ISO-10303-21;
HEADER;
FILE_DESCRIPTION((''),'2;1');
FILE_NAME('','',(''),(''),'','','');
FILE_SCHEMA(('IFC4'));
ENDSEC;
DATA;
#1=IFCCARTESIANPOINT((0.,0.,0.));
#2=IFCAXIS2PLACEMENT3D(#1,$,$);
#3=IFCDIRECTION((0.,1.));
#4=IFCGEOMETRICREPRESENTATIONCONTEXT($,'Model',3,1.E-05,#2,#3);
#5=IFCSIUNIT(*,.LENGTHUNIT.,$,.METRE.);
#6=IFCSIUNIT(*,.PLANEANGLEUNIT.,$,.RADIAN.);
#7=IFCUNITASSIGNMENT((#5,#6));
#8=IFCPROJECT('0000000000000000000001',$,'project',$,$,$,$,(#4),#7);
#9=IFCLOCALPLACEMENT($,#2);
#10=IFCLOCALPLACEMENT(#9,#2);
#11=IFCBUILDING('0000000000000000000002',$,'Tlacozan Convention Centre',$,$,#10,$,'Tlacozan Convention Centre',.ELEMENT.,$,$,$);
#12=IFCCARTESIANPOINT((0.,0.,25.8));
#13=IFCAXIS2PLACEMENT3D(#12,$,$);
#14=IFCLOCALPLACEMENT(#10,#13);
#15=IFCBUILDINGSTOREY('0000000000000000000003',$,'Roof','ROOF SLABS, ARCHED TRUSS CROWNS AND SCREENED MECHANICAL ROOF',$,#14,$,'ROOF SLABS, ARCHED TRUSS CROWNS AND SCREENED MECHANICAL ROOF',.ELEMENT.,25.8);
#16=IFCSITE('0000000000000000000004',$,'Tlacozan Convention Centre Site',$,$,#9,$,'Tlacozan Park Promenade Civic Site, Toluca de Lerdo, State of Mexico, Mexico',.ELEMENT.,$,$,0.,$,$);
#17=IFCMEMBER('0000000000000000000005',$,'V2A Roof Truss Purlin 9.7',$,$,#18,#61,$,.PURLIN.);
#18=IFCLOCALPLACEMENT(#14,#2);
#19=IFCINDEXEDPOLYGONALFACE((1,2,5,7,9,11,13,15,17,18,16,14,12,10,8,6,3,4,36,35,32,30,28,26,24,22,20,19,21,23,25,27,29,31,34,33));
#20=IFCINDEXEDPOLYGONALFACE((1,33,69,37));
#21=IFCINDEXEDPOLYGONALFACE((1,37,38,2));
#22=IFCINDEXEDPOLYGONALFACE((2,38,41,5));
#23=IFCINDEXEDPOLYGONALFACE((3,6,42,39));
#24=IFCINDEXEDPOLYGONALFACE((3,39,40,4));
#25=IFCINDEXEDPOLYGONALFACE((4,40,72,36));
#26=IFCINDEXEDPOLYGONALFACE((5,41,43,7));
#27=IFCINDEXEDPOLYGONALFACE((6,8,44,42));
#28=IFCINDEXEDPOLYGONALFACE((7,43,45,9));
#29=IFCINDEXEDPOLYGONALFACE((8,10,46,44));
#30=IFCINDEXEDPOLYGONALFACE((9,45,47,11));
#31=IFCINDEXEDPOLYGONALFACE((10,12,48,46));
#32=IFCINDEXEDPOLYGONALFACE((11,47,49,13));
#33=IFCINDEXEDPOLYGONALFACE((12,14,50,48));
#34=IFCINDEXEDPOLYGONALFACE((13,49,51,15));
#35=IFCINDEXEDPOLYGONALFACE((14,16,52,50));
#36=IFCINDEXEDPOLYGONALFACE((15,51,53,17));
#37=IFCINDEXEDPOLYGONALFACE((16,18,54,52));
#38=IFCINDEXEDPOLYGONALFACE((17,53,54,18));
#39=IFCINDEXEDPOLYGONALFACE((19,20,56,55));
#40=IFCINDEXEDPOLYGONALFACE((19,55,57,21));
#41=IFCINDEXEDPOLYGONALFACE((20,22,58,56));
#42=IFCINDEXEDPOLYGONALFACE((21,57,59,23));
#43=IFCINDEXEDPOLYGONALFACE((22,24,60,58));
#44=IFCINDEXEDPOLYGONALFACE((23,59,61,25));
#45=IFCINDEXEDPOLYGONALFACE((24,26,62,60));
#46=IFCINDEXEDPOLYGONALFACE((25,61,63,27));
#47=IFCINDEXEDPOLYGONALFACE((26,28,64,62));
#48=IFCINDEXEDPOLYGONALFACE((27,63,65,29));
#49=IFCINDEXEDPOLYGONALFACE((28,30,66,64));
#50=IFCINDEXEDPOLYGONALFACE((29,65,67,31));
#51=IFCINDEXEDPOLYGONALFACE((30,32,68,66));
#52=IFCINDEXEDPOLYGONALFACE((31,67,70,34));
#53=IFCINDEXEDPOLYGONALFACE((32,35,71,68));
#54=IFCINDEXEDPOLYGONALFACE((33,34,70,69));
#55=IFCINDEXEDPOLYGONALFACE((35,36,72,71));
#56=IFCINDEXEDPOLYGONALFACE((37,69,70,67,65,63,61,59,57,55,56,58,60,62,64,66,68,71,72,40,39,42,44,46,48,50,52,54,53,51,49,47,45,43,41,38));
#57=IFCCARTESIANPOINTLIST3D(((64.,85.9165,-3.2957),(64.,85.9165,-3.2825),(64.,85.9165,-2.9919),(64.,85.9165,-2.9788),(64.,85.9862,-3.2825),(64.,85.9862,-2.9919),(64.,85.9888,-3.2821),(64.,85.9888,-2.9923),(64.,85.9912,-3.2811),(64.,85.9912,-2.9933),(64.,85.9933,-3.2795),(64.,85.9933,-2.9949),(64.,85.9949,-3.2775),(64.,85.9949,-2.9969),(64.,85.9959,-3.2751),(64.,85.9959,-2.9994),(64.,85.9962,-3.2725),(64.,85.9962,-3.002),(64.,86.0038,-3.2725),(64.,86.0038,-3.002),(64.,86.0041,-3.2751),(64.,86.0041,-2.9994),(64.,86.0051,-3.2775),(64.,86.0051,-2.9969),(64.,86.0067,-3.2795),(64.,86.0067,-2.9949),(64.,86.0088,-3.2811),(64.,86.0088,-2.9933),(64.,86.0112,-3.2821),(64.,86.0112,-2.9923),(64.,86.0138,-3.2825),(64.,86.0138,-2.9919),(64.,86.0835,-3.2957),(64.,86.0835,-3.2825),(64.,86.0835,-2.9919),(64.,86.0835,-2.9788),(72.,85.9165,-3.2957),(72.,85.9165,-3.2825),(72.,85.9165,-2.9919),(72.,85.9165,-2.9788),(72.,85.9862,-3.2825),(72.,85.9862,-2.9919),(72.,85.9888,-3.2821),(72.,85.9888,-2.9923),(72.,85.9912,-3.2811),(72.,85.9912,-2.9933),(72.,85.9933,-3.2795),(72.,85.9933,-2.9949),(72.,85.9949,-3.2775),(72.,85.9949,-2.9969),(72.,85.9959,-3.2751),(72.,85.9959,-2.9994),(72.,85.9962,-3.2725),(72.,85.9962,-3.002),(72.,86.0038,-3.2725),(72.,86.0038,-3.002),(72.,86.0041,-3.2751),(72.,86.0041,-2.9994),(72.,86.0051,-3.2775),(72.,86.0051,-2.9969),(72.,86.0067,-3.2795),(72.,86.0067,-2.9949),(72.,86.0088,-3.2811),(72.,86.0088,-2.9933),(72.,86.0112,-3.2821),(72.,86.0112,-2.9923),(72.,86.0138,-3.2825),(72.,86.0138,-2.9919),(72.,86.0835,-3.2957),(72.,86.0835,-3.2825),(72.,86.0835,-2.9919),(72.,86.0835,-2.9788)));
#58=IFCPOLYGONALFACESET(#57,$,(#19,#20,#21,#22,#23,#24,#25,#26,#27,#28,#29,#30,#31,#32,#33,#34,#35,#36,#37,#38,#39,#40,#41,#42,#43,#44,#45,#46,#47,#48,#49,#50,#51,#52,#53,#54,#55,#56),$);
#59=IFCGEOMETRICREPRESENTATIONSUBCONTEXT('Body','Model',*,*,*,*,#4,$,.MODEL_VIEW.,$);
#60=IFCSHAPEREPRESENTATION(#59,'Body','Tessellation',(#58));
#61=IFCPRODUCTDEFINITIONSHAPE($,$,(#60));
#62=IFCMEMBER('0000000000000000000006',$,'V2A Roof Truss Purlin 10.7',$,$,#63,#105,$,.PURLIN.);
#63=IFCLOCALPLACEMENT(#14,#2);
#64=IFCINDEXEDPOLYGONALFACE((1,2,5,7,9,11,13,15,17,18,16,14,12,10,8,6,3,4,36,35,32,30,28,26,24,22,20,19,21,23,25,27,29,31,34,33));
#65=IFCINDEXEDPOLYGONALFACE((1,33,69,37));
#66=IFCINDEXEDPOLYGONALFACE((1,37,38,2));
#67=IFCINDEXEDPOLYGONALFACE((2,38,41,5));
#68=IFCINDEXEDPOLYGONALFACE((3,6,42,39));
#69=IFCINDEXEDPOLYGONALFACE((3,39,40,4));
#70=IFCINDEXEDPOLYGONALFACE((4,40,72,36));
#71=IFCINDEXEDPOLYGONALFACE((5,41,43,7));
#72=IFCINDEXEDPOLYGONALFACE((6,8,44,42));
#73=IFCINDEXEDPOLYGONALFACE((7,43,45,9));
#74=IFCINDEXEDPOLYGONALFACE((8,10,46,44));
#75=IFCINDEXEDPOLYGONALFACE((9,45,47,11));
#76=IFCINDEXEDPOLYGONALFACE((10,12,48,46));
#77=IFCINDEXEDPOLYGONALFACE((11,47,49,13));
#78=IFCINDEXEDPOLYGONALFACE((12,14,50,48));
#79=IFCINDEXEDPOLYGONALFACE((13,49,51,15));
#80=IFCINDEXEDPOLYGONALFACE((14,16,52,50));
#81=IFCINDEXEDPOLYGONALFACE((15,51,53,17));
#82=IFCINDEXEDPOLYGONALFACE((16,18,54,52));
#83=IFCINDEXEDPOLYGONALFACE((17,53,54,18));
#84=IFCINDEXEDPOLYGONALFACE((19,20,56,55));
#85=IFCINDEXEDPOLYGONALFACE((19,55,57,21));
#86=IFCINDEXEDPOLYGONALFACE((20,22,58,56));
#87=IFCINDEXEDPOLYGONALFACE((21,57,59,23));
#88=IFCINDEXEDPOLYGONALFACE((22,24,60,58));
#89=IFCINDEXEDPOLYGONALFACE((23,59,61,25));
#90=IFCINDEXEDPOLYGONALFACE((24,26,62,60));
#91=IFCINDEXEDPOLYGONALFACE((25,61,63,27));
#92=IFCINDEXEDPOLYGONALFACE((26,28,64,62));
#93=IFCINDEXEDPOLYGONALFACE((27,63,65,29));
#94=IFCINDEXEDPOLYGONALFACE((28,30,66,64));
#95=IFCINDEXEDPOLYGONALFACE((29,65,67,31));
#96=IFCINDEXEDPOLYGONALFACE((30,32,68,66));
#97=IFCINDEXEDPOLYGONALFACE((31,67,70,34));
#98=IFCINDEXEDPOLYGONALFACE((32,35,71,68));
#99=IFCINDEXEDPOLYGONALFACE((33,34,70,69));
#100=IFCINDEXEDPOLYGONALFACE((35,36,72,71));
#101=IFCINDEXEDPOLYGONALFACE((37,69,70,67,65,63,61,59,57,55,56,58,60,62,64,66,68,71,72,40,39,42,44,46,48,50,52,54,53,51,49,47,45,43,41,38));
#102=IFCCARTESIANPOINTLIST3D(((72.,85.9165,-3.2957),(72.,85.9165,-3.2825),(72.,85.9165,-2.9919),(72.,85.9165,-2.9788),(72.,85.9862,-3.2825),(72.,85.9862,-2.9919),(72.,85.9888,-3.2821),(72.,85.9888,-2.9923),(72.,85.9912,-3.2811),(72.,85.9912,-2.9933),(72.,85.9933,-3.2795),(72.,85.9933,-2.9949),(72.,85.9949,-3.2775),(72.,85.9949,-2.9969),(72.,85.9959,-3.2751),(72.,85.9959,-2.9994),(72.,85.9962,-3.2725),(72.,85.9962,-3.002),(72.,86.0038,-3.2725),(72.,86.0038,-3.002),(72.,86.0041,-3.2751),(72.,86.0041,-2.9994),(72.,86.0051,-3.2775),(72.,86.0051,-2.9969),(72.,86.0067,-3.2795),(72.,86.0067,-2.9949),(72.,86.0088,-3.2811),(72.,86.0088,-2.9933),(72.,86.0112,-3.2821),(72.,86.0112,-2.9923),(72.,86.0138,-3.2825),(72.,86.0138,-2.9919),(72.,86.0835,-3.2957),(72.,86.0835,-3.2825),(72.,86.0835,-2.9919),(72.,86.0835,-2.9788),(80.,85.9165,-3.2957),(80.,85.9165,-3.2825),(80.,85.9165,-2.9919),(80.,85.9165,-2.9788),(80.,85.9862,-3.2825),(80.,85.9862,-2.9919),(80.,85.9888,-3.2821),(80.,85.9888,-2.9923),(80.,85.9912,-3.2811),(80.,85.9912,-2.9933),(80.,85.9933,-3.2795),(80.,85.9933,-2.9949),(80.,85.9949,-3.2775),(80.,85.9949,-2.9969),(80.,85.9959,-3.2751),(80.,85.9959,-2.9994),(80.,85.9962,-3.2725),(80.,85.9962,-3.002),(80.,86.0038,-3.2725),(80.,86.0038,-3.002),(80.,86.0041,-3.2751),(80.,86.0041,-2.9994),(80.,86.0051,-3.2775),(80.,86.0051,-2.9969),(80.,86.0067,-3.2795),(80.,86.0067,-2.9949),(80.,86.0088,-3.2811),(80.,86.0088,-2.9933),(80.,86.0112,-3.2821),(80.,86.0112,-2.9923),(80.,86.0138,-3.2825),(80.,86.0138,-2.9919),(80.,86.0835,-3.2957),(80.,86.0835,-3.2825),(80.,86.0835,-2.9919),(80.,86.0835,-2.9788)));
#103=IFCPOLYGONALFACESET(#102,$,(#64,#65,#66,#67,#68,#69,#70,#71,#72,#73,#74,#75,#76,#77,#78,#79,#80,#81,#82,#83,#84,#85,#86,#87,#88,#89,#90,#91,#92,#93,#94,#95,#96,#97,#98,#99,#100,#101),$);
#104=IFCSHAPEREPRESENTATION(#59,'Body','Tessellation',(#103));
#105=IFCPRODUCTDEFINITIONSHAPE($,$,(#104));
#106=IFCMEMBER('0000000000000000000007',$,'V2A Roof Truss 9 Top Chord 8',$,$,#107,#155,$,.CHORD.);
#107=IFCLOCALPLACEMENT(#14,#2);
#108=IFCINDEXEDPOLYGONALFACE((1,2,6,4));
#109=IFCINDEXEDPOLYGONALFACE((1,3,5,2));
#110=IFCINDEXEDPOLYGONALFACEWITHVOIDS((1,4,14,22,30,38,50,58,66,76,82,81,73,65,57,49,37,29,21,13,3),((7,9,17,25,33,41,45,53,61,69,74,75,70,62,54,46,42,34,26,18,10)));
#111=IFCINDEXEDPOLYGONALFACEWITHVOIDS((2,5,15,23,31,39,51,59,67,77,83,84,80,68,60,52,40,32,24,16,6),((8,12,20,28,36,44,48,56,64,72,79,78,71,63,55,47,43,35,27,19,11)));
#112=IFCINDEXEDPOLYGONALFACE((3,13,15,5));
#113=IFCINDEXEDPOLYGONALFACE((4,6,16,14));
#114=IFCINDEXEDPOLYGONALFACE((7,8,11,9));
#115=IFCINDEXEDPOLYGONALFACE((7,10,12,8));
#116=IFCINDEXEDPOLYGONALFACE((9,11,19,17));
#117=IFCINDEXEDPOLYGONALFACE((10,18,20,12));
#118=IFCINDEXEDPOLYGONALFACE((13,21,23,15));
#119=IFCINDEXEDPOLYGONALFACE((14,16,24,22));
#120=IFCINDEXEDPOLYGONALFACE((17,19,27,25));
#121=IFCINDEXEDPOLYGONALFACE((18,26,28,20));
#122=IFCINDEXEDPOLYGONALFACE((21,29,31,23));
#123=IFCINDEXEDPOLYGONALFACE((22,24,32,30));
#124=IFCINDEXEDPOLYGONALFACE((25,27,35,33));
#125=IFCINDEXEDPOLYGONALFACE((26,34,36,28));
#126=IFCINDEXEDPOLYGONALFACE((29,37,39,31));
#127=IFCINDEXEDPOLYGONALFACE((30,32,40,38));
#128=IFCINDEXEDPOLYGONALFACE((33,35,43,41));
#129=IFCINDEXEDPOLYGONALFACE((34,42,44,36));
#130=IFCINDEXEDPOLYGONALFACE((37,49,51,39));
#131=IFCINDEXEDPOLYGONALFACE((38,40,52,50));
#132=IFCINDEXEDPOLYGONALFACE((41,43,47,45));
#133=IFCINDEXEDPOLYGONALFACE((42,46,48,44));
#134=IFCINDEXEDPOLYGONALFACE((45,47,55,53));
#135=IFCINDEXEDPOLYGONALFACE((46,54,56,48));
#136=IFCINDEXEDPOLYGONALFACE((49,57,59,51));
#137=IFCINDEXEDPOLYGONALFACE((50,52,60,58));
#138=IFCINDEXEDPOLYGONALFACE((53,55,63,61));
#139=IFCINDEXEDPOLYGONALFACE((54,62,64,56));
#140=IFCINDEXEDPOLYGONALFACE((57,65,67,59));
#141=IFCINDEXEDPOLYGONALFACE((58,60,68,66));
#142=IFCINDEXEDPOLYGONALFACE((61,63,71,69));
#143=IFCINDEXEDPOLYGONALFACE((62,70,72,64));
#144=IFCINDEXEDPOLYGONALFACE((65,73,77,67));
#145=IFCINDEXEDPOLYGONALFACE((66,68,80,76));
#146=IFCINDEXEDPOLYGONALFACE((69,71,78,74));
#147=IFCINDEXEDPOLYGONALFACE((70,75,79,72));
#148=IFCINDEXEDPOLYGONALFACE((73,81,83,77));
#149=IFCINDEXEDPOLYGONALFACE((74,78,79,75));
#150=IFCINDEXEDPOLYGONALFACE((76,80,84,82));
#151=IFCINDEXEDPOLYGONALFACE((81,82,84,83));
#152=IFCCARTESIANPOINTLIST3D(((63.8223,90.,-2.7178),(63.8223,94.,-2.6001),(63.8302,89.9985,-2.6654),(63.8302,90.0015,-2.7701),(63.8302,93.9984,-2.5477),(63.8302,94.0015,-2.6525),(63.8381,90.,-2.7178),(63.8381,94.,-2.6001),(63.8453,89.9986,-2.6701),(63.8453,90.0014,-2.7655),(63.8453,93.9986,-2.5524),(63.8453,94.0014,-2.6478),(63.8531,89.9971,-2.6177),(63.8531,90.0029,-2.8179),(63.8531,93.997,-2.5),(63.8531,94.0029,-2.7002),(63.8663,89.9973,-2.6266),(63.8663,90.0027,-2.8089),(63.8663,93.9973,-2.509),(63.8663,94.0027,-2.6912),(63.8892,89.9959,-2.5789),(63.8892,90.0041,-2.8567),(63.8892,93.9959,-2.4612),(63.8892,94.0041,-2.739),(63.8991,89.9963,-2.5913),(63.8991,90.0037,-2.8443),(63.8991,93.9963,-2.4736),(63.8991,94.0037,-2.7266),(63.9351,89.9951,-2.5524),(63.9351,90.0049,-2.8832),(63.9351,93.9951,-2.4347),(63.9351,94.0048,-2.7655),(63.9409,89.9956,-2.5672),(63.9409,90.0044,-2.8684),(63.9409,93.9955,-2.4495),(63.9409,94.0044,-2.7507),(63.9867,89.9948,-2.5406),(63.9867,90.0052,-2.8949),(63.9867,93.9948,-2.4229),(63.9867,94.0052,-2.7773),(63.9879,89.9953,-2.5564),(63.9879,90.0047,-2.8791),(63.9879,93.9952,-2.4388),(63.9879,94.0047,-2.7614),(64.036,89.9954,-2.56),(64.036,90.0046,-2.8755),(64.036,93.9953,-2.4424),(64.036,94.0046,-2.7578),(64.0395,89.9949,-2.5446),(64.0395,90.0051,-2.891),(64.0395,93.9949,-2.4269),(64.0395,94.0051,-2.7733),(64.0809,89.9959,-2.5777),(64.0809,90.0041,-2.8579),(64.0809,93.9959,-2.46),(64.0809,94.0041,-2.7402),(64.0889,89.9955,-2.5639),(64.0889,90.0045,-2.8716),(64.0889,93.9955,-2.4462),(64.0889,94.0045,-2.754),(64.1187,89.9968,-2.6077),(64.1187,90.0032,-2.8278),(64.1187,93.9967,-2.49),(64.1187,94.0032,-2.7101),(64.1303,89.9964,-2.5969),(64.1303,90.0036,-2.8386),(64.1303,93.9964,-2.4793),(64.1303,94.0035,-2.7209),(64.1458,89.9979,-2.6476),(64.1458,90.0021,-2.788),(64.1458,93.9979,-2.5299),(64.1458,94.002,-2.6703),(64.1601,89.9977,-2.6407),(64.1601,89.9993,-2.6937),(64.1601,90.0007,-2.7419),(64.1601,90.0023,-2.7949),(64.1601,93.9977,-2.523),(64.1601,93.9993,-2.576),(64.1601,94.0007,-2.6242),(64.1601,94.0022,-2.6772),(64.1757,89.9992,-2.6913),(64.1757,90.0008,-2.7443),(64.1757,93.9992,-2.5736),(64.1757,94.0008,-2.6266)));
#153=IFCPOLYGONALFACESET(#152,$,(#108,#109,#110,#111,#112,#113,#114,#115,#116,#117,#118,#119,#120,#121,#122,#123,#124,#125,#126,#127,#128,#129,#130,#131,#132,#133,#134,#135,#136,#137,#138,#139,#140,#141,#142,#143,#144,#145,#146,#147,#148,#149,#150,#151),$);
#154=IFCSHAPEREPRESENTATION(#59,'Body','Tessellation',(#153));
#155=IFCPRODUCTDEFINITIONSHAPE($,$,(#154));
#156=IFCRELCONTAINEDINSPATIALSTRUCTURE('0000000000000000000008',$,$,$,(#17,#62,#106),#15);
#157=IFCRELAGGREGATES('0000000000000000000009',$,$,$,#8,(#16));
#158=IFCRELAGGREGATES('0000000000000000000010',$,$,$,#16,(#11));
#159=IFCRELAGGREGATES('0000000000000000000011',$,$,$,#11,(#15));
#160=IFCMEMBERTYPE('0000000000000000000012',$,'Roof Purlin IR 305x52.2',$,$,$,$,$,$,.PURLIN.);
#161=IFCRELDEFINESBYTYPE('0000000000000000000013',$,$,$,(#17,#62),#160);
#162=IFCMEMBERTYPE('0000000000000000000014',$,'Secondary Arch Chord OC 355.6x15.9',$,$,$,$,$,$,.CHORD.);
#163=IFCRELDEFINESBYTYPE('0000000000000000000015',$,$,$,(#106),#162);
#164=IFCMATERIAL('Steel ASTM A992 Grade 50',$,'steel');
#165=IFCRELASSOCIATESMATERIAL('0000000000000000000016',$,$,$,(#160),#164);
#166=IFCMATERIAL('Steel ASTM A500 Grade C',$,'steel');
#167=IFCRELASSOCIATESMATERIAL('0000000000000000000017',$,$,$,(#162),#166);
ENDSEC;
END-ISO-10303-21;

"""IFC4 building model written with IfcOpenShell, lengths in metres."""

from ifc_helpers import new_model, si_unit, direction, frame, origin, origin_2d, place, context, subcontext, project, spatial, hollow_circle, i_section, extrude, material, material_profile, profile_set, type_object, element, save


model = new_model("IFC4")

# Units and contexts
model_context = context("Model", 3, precision=1e-05, world=origin(), true_north=direction((0.0, 1.0)))
body_context = subcontext(model_context, "Body", "Model", "MODEL_VIEW")
ifc_project = project(units=[si_unit("LENGTHUNIT", "METRE"), si_unit("PLANEANGLEUNIT", "RADIAN")], contexts=[model_context])

# Site, building, storey
site_placement = place(None, origin())
site = spatial("IfcSite", under=ifc_project, at=site_placement, Name="Tlacozan Convention Centre Site", LongName="Tlacozan Park Promenade Civic Site, Toluca de Lerdo, State of Mexico, Mexico", CompositionType="ELEMENT", RefElevation=0.0)
building_placement = place(site_placement, origin())
building = spatial("IfcBuilding", under=site, at=building_placement, Name="Tlacozan Convention Centre", LongName="Tlacozan Convention Centre", CompositionType="ELEMENT")
storey_placement = place(building_placement, frame((0.0, 0.0, 25.8)))
storey = spatial("IfcBuildingStorey", under=building, at=storey_placement, Name="Roof", Description="ROOF SLABS, ARCHED TRUSS CROWNS AND SCREENED MECHANICAL ROOF", LongName="ROOF SLABS, ARCHED TRUSS CROWNS AND SCREENED MECHANICAL ROOF", CompositionType="ELEMENT", Elevation=25.8)

# Members
ifc_material_1 = material(Name="Steel ASTM A500 Grade C", Category="steel")
ifc_material_2 = material(Name="Steel ASTM A992 Grade 50", Category="steel")
ifc_material_profile_1 = material_profile(ifc_material_2, i_section(OverallWidth=0.167, OverallDepth=0.3169, WebThickness=0.0076, FlangeThickness=0.0132, FilletRadius=0.01, at=origin_2d()), Name="IR 305x52.2")
ifc_profile_set_1 = profile_set([ifc_material_profile_1], Name="Steel ASTM A992 Grade 50")
member_type_1 = type_object("IfcMemberType", Name="Roof Purlin IR 305x52.2", PredefinedType="PURLIN", material=ifc_profile_set_1)
for number, where, z_axis, x_axis, name in (
    (1, (64.0, 86.0, -3.1372), (1.0, 0.0, 0.0), (0.0, 1.0, 0.0), "V2A Roof Truss Purlin 9.7"),
    (2, (72.0, 86.0, -3.1372), (1.0, 0.0, 0.0), (0.0, 1.0, 0.0), "V2A Roof Truss Purlin 10.7"),
):
    element("IfcMember", number, at=place(storey_placement, frame(where, z_axis=z_axis, x_axis=x_axis)), inside=storey, type_object=member_type_1, Name=name, PredefinedType="PURLIN", context=body_context, shape_type="SweptSolid", body=[
        extrude(i_section(OverallWidth=0.167, OverallDepth=0.3169, WebThickness=0.0076, FlangeThickness=0.0132, FilletRadius=0.01, at=origin_2d()), origin(), (0.0, 0.0, 1.0), 8.0),
    ])
ifc_material_profile_2 = material_profile(ifc_material_1, hollow_circle(Radius=0.1777, WallThickness=0.0159, at=origin_2d()), Name="OC 355.6x15.9")
ifc_profile_set_2 = profile_set([ifc_material_profile_2], Name="Steel ASTM A500 Grade C")
member_type_2 = type_object("IfcMemberType", Name="Secondary Arch Chord OC 355.6x15.9", PredefinedType="CHORD", material=ifc_profile_set_2)
member_1_placement = place(storey_placement, frame((64.0, 90.0, -2.7178), z_axis=(0.0, 0.999568, 0.029406), x_axis=(-1.0, 0.0, 0.0)))
element("IfcMember", 3, at=member_1_placement, inside=storey, type_object=member_type_2, Name="V2A Roof Truss 9 Top Chord 8", PredefinedType="CHORD", context=body_context, shape_type="SweptSolid", body=[
    extrude(hollow_circle(Radius=0.1777, WallThickness=0.0159, at=origin_2d()), origin(), (0.0, 0.0, 1.0), 4.0017),
])

save(model, "model.ifc")
